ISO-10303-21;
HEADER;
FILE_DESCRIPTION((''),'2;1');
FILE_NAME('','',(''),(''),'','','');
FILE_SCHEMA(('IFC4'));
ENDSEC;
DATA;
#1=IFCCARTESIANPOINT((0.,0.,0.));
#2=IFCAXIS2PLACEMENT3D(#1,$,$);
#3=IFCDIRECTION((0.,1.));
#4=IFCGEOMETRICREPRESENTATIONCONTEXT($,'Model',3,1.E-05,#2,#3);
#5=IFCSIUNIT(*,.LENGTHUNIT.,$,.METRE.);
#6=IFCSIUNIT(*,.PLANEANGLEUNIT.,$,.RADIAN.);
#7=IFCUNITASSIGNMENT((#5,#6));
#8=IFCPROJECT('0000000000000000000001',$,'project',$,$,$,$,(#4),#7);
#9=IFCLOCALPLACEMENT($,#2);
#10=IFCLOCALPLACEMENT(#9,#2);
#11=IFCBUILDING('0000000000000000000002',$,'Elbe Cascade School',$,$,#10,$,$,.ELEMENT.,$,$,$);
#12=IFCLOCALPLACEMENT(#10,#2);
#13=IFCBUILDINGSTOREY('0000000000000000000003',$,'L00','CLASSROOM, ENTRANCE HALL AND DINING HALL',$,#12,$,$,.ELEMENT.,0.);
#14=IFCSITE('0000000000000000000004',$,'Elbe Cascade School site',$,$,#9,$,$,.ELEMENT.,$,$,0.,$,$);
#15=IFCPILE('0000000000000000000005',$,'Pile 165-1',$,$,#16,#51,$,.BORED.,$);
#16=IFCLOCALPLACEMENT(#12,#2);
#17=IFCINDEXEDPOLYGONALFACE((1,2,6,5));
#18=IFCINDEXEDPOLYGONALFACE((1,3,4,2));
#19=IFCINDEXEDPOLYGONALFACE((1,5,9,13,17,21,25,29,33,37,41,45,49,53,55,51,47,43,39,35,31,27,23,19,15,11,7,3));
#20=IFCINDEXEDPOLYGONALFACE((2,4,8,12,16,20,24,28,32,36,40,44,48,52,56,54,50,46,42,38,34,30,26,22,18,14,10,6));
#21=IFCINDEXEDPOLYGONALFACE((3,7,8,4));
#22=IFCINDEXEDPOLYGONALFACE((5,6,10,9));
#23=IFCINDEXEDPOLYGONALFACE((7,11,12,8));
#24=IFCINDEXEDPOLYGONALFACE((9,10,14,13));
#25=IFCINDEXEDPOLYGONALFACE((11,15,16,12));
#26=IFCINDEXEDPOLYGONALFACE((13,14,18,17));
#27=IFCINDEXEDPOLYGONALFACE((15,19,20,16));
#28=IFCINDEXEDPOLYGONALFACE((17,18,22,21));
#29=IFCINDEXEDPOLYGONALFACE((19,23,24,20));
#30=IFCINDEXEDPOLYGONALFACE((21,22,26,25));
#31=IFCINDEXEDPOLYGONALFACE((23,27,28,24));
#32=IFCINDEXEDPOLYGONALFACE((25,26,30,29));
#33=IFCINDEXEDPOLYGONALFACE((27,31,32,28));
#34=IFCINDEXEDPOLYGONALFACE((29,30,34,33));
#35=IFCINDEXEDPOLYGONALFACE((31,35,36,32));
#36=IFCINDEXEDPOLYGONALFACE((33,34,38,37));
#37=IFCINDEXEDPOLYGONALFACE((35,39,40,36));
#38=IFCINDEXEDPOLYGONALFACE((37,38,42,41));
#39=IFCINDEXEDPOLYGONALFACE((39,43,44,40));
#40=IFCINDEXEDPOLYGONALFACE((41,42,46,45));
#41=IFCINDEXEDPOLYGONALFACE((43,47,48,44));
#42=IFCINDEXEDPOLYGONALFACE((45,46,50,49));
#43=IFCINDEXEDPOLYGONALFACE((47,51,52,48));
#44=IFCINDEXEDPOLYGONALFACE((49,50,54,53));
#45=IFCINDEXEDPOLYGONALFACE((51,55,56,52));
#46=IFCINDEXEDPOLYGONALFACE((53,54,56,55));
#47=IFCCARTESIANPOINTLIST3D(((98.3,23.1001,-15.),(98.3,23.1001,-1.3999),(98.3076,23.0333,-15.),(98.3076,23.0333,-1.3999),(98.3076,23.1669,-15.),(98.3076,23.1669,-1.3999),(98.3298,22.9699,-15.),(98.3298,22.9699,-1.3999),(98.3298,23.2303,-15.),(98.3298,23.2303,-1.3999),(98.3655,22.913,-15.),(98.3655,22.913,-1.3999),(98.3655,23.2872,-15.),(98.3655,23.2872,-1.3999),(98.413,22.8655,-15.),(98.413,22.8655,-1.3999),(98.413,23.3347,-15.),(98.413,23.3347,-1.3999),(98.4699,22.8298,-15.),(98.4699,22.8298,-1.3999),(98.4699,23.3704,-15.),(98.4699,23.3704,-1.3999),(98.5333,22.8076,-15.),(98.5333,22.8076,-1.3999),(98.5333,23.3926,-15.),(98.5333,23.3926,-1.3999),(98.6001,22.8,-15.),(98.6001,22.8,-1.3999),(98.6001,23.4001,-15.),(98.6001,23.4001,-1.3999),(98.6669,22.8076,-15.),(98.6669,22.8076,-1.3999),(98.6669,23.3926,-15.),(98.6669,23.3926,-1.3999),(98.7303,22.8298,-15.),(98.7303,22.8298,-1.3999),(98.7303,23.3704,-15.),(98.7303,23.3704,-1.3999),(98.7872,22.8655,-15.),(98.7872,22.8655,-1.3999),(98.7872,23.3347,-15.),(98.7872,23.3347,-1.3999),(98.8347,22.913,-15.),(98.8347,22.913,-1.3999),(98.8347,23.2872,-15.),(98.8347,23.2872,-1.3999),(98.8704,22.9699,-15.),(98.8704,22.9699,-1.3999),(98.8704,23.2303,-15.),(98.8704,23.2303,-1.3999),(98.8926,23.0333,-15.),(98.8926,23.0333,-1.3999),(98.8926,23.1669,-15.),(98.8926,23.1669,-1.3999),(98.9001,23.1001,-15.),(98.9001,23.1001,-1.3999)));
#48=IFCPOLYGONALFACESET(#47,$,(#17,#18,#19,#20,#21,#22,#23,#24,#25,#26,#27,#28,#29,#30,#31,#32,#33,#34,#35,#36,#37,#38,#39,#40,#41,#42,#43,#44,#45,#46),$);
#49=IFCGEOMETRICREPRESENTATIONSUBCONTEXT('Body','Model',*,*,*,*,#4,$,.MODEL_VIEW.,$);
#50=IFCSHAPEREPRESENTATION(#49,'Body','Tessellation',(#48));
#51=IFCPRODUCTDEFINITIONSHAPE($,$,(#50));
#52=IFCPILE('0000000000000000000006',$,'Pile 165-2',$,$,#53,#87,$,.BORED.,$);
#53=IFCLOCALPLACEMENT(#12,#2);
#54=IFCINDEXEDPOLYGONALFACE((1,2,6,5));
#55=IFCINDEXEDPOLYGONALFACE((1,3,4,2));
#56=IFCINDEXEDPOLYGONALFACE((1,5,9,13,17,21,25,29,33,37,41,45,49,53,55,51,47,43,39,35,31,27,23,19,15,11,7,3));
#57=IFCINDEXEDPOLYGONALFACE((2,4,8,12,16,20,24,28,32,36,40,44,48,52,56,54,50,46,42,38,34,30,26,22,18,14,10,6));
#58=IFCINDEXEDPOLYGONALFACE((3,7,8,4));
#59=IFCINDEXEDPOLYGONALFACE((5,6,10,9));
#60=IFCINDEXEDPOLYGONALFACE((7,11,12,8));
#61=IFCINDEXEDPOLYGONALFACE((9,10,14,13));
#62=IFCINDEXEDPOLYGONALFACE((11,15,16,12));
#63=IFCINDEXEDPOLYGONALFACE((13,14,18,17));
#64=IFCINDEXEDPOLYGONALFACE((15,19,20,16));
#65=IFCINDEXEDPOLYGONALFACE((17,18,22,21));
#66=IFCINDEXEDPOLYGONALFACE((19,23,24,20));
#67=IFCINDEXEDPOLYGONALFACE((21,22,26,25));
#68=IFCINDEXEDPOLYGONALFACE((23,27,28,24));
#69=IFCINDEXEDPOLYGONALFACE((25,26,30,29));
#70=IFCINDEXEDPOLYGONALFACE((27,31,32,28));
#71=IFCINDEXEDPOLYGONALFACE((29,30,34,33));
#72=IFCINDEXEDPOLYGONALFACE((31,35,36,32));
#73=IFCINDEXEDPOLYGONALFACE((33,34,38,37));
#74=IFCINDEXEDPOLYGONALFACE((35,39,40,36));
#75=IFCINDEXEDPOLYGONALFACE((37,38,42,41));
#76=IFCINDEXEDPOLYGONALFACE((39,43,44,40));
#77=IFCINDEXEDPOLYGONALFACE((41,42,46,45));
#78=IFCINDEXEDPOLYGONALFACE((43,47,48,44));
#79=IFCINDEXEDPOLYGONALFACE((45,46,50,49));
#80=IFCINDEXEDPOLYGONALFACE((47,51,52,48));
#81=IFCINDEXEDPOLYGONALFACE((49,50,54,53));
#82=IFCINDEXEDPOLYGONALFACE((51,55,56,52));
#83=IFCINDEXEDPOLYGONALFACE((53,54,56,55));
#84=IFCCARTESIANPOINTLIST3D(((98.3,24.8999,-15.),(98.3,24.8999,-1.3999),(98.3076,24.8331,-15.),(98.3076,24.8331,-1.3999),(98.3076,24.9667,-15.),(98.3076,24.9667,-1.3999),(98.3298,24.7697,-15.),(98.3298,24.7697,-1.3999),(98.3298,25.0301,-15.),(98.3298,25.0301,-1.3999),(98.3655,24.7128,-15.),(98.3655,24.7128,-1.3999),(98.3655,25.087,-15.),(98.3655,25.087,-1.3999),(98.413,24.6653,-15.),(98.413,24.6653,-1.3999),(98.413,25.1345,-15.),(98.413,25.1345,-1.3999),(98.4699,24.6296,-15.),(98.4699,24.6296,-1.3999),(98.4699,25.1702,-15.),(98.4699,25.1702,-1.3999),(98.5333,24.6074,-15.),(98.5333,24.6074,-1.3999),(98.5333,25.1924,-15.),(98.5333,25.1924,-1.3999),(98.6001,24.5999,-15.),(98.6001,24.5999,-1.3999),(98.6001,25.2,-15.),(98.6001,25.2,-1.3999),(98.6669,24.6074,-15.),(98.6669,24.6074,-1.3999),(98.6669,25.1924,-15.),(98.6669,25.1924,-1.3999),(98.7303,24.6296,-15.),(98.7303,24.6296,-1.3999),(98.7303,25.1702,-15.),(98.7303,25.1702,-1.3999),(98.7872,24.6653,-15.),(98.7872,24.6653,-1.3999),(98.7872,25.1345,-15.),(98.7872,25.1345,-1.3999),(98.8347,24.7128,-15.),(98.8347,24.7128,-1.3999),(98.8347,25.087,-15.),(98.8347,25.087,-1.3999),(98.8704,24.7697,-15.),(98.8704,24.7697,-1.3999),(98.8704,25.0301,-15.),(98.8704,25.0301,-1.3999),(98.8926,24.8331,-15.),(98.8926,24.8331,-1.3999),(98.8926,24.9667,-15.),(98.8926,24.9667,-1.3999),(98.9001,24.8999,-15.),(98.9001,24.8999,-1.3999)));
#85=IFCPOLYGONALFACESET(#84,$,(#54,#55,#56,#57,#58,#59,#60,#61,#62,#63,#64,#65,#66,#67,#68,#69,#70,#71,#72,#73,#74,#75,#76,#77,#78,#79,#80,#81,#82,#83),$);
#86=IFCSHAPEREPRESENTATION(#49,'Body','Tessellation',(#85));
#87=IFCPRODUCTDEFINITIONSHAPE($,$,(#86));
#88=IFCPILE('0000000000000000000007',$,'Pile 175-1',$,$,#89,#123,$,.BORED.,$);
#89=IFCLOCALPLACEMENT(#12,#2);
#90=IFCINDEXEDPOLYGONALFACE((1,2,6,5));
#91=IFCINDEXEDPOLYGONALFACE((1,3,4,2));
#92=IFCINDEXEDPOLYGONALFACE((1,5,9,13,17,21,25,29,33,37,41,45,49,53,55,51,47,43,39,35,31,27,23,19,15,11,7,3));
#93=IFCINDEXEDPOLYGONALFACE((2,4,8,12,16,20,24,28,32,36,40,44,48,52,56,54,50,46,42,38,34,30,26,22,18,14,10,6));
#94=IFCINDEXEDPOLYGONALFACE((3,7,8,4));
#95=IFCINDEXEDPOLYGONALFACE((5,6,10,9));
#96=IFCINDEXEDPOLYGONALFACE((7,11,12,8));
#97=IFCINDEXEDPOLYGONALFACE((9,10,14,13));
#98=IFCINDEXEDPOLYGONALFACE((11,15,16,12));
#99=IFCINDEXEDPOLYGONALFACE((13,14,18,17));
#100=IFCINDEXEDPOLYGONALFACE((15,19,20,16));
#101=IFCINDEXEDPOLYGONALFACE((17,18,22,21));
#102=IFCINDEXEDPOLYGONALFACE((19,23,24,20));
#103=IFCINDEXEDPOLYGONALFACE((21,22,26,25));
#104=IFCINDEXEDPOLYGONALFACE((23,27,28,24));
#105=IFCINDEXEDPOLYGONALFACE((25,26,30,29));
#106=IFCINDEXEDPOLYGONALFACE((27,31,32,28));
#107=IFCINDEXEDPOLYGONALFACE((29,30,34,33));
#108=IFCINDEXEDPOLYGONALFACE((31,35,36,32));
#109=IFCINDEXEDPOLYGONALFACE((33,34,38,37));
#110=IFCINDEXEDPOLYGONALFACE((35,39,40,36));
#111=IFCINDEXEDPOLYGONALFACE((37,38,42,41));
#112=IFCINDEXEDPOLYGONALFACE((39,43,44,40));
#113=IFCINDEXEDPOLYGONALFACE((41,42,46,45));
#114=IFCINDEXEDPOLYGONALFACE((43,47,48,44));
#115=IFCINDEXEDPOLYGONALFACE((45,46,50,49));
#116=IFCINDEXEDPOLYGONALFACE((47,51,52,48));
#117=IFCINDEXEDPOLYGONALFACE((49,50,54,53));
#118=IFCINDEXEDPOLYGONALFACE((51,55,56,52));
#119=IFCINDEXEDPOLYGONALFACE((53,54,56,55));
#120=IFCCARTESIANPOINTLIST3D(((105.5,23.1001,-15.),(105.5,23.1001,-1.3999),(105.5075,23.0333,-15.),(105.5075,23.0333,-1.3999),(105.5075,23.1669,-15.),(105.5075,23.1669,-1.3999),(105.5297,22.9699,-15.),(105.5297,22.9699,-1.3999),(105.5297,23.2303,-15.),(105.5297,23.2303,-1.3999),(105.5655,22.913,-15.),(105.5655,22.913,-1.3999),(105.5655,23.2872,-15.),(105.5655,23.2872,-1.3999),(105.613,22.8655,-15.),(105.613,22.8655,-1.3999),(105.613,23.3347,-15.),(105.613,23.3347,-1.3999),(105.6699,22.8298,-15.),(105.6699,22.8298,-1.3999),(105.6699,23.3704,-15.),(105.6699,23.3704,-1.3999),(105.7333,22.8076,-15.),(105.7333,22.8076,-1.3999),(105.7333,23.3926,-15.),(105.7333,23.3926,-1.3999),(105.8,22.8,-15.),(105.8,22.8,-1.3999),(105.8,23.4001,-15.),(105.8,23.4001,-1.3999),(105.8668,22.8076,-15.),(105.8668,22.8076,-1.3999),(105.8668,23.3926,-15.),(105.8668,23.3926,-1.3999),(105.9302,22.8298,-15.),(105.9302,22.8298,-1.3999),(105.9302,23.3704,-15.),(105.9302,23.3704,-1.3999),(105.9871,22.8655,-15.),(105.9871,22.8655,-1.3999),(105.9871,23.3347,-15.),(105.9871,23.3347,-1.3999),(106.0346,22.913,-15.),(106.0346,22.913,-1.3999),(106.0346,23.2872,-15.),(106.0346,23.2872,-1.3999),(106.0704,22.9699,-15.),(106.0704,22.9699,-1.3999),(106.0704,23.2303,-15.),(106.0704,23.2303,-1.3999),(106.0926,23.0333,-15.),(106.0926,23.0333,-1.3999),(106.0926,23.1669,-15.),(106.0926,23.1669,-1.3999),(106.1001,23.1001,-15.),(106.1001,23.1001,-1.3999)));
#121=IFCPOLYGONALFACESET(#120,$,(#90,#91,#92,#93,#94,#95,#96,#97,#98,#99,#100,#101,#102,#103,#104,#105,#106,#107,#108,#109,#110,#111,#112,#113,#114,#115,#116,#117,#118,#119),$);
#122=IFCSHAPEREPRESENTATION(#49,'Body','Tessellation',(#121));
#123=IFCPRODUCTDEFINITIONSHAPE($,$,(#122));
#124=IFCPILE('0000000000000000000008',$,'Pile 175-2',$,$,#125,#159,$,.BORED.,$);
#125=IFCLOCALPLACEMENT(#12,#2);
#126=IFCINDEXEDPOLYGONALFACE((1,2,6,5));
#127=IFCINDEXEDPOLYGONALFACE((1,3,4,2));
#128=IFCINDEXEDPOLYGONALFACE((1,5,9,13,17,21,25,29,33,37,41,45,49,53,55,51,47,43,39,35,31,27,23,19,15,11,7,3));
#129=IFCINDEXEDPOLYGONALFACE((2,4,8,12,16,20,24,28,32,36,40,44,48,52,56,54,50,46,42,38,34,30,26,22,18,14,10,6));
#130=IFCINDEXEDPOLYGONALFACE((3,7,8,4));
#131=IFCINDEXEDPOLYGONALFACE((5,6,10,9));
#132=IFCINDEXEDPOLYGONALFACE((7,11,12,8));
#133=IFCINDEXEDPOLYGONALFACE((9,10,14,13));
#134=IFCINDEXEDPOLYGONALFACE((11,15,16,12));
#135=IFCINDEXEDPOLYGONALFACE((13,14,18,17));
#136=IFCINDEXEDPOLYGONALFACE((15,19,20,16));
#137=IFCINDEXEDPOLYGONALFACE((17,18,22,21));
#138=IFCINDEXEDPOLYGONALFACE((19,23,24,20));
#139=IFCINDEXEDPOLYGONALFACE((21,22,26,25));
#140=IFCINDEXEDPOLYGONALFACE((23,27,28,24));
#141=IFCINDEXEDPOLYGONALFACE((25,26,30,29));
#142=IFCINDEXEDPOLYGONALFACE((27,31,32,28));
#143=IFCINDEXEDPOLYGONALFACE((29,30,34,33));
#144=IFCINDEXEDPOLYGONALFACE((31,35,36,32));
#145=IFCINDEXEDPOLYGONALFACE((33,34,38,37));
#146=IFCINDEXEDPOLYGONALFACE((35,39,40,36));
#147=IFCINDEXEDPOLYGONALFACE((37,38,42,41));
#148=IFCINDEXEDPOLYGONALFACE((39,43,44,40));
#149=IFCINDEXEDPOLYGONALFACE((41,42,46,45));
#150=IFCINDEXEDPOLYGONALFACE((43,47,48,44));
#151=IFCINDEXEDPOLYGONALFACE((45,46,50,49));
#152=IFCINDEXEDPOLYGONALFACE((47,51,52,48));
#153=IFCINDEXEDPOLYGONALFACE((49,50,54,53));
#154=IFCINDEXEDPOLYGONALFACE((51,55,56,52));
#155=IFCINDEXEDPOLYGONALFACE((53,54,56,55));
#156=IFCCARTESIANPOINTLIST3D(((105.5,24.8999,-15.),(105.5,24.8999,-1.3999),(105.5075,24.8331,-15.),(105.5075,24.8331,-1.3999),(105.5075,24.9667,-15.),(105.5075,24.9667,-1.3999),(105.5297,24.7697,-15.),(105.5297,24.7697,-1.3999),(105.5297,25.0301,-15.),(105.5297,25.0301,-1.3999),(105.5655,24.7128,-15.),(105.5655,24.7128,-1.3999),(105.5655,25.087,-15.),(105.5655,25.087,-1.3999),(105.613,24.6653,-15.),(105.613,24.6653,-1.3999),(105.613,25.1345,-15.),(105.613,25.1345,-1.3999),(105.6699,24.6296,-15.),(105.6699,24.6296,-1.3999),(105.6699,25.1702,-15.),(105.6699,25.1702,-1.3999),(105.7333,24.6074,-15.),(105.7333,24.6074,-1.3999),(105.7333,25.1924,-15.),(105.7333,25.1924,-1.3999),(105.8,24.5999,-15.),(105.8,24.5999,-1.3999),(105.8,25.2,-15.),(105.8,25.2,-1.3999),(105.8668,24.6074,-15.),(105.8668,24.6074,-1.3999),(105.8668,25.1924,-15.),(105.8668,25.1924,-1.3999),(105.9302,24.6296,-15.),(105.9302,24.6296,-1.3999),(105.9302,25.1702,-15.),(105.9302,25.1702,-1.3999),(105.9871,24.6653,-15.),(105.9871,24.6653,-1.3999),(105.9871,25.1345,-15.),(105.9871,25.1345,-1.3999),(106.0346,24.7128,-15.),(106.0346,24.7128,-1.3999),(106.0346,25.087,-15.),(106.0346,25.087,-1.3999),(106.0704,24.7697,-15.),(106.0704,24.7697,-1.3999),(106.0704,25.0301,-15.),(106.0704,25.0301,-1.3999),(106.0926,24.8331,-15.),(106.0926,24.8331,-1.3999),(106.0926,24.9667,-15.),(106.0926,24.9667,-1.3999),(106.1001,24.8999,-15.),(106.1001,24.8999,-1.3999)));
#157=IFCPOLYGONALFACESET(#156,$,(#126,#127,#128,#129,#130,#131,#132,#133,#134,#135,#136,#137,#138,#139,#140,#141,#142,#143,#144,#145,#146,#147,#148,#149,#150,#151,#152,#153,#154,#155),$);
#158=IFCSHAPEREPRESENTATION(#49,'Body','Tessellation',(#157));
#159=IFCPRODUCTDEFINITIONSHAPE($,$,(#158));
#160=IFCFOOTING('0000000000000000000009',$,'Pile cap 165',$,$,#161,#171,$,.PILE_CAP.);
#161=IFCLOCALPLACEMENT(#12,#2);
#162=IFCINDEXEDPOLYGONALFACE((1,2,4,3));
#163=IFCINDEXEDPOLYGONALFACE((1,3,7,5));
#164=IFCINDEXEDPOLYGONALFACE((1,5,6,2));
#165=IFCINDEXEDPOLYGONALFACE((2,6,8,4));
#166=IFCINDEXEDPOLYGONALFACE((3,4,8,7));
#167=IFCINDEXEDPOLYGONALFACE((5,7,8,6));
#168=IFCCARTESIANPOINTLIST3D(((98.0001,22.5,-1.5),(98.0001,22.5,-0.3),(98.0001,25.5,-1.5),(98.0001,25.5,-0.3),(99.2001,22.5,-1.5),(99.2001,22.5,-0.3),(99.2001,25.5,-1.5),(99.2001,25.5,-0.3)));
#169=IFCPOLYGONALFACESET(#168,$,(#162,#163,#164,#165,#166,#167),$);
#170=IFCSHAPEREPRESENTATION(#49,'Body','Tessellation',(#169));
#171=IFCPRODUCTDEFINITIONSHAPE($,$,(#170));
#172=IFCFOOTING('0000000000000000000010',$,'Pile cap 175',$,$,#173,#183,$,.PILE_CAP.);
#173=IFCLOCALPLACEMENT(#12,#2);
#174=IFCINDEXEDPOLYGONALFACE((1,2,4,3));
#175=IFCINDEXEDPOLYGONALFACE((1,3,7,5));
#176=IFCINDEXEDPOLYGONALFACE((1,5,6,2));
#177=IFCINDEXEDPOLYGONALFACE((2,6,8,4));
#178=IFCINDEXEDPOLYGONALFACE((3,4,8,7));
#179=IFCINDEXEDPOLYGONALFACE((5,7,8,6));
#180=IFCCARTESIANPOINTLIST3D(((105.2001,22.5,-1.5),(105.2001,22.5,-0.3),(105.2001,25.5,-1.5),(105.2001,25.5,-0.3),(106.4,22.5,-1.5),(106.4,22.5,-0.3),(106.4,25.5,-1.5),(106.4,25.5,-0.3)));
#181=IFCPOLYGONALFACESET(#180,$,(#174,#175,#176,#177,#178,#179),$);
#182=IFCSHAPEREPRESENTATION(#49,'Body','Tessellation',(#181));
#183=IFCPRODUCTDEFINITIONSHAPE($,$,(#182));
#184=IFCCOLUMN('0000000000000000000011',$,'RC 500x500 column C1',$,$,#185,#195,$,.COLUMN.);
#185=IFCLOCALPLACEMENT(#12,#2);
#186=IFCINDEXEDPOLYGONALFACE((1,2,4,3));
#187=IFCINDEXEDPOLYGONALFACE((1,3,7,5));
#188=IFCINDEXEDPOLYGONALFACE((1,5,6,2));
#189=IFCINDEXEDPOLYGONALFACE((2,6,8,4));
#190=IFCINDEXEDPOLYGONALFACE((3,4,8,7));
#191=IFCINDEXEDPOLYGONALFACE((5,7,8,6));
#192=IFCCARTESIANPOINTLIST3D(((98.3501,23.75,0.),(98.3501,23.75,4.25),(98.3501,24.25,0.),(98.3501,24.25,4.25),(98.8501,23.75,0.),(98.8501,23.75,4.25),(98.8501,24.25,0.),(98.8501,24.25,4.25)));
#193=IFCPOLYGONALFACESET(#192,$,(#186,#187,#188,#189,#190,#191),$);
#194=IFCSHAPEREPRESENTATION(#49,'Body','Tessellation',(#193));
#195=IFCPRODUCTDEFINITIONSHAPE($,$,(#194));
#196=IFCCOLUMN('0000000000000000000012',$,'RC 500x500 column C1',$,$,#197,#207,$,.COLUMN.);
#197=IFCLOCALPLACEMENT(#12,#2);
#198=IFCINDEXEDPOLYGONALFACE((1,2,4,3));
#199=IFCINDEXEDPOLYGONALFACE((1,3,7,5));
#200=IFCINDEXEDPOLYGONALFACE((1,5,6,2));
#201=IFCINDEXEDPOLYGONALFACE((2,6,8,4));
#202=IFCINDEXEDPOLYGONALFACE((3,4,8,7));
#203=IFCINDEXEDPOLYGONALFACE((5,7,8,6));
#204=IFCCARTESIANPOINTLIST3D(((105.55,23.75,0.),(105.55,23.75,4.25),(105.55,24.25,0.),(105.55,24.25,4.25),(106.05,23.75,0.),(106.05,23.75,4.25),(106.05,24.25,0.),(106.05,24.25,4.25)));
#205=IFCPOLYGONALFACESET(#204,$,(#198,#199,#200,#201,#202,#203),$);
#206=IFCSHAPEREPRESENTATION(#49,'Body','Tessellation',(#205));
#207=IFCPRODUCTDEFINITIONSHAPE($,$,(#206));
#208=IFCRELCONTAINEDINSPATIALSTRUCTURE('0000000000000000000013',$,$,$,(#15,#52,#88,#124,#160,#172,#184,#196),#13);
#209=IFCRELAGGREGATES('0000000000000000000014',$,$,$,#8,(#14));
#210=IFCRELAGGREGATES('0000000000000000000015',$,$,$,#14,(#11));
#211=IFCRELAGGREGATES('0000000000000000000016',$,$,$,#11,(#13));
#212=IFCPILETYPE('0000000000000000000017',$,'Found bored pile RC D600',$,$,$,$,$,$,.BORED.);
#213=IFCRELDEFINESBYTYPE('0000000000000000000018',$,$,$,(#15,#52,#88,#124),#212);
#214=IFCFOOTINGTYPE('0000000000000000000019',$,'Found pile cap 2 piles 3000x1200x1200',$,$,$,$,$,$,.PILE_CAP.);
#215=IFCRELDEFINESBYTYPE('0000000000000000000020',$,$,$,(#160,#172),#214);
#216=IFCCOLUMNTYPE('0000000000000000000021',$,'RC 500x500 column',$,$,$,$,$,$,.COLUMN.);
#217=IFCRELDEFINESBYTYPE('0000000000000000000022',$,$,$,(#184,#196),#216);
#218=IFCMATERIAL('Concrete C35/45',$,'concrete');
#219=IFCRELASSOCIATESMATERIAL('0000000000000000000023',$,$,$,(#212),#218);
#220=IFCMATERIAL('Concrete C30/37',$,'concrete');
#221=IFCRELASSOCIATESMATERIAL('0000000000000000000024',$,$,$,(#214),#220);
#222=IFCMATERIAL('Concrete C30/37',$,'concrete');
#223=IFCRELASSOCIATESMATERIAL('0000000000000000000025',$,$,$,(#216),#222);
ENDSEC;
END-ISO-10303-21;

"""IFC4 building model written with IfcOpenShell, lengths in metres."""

from ifc_helpers import new_model, si_unit, direction, frame, origin, origin_2d, place, context, subcontext, project, spatial, rectangle, circle, extrude, material, material_profile, profile_set, type_object, element, save


model = new_model("IFC4")

# Units and contexts
model_context = context("Model", 3, precision=1e-05, world=origin(), true_north=direction((0.0, 1.0)))
body_context = subcontext(model_context, "Body", "Model", "MODEL_VIEW")
ifc_project = project(units=[si_unit("LENGTHUNIT", "METRE"), si_unit("PLANEANGLEUNIT", "RADIAN")], contexts=[model_context])

# Site, building, storey
site_placement = place(None, origin())
site = spatial("IfcSite", under=ifc_project, at=site_placement, Name="Elbe Cascade School site", CompositionType="ELEMENT", RefElevation=0.0)
building_placement = place(site_placement, origin())
building = spatial("IfcBuilding", under=site, at=building_placement, Name="Elbe Cascade School", CompositionType="ELEMENT")
storey_placement = place(building_placement, origin())
storey = spatial("IfcBuildingStorey", under=building, at=storey_placement, Name="L00", Description="CLASSROOM, ENTRANCE HALL AND DINING HALL", CompositionType="ELEMENT", Elevation=0.0)

# Piles
ifc_material_1 = material(Name="Concrete C35/45", Category="concrete")
ifc_material_profile_1 = material_profile(ifc_material_1, circle(Radius=0.3, at=origin_2d()), Name="RC D600")
ifc_profile_set_1 = profile_set([ifc_material_profile_1], Name="Concrete C35/45")
pile_type = type_object("IfcPileType", Name="Found bored pile RC D600", PredefinedType="BORED", material=ifc_profile_set_1)
for number, where, z_axis, x_axis, name in (
    (1, (98.6001, 23.1001, -1.3999), (0.0, 0.0, -1.0), (1.0, 0.0, 0.0), "Pile 165-1"),
    (2, (98.6001, 24.8999, -1.3999), (0.0, 0.0, -1.0), (1.0, 0.0, 0.0), "Pile 165-2"),
    (3, (105.8, 23.1001, -1.3999), (0.0, 0.0, -1.0), (1.0, 0.0, 0.0), "Pile 175-1"),
    (4, (105.8, 24.8999, -1.3999), (0.0, 0.0, -1.0), (1.0, 0.0, 0.0), "Pile 175-2"),
):
    element("IfcPile", number, at=place(storey_placement, frame(where, z_axis=z_axis, x_axis=x_axis)), inside=storey, type_object=pile_type, Name=name, PredefinedType="BORED", context=body_context, shape_type="SweptSolid", body=[
        extrude(circle(Radius=0.3, at=origin_2d()), origin(), (0.0, 0.0, 1.0), 13.6001),
    ])

# Footings
ifc_material_2 = material(Name="Concrete C30/37", Category="concrete")
footing_type = type_object("IfcFootingType", Name="Found pile cap 2 piles 3000x1200x1200", PredefinedType="PILE_CAP", material=ifc_material_2)
for number, where, z_axis, x_axis, name in (
    (5, (98.6001, 24.0, -1.5), (0.0, 0.0, 1.0), (1.0, 0.0, 0.0), "Pile cap 165"),
    (6, (105.8, 24.0, -1.5), (0.0, 0.0, 1.0), (1.0, 0.0, 0.0), "Pile cap 175"),
):
    element("IfcFooting", number, at=place(storey_placement, frame(where, z_axis=z_axis, x_axis=x_axis)), inside=storey, type_object=footing_type, Name=name, PredefinedType="PILE_CAP", context=body_context, shape_type="SweptSolid", body=[
        extrude(rectangle(XDim=1.2, YDim=3.0, at=origin_2d()), origin(), (0.0, 0.0, 1.0), 1.2),
    ])

# Columns
ifc_material_3 = material(Name="Concrete C30/37", Category="concrete")
ifc_material_profile_2 = material_profile(ifc_material_3, rectangle(XDim=0.5, YDim=0.5, at=origin_2d()), Name="RC 500x500")
ifc_profile_set_2 = profile_set([ifc_material_profile_2], Name="Concrete C30/37")
column_type = type_object("IfcColumnType", Name="RC 500x500 column", PredefinedType="COLUMN", material=ifc_profile_set_2)
for number, where, z_axis, x_axis, name in (
    (7, (98.6001, 24.0, 0.0), (0.0, 0.0, 1.0), (1.0, 0.0, 0.0), "RC 500x500 column C1"),
    (8, (105.8, 24.0, 0.0), (0.0, 0.0, 1.0), (1.0, 0.0, 0.0), "RC 500x500 column C1"),
):
    element("IfcColumn", number, at=place(storey_placement, frame(where, z_axis=z_axis, x_axis=x_axis)), inside=storey, type_object=column_type, Name=name, PredefinedType="COLUMN", context=body_context, shape_type="SweptSolid", body=[
        extrude(rectangle(XDim=0.5, YDim=0.5, at=origin_2d()), origin(), (0.0, 0.0, 1.0), 4.25),
    ])

save(model, "model.ifc")
